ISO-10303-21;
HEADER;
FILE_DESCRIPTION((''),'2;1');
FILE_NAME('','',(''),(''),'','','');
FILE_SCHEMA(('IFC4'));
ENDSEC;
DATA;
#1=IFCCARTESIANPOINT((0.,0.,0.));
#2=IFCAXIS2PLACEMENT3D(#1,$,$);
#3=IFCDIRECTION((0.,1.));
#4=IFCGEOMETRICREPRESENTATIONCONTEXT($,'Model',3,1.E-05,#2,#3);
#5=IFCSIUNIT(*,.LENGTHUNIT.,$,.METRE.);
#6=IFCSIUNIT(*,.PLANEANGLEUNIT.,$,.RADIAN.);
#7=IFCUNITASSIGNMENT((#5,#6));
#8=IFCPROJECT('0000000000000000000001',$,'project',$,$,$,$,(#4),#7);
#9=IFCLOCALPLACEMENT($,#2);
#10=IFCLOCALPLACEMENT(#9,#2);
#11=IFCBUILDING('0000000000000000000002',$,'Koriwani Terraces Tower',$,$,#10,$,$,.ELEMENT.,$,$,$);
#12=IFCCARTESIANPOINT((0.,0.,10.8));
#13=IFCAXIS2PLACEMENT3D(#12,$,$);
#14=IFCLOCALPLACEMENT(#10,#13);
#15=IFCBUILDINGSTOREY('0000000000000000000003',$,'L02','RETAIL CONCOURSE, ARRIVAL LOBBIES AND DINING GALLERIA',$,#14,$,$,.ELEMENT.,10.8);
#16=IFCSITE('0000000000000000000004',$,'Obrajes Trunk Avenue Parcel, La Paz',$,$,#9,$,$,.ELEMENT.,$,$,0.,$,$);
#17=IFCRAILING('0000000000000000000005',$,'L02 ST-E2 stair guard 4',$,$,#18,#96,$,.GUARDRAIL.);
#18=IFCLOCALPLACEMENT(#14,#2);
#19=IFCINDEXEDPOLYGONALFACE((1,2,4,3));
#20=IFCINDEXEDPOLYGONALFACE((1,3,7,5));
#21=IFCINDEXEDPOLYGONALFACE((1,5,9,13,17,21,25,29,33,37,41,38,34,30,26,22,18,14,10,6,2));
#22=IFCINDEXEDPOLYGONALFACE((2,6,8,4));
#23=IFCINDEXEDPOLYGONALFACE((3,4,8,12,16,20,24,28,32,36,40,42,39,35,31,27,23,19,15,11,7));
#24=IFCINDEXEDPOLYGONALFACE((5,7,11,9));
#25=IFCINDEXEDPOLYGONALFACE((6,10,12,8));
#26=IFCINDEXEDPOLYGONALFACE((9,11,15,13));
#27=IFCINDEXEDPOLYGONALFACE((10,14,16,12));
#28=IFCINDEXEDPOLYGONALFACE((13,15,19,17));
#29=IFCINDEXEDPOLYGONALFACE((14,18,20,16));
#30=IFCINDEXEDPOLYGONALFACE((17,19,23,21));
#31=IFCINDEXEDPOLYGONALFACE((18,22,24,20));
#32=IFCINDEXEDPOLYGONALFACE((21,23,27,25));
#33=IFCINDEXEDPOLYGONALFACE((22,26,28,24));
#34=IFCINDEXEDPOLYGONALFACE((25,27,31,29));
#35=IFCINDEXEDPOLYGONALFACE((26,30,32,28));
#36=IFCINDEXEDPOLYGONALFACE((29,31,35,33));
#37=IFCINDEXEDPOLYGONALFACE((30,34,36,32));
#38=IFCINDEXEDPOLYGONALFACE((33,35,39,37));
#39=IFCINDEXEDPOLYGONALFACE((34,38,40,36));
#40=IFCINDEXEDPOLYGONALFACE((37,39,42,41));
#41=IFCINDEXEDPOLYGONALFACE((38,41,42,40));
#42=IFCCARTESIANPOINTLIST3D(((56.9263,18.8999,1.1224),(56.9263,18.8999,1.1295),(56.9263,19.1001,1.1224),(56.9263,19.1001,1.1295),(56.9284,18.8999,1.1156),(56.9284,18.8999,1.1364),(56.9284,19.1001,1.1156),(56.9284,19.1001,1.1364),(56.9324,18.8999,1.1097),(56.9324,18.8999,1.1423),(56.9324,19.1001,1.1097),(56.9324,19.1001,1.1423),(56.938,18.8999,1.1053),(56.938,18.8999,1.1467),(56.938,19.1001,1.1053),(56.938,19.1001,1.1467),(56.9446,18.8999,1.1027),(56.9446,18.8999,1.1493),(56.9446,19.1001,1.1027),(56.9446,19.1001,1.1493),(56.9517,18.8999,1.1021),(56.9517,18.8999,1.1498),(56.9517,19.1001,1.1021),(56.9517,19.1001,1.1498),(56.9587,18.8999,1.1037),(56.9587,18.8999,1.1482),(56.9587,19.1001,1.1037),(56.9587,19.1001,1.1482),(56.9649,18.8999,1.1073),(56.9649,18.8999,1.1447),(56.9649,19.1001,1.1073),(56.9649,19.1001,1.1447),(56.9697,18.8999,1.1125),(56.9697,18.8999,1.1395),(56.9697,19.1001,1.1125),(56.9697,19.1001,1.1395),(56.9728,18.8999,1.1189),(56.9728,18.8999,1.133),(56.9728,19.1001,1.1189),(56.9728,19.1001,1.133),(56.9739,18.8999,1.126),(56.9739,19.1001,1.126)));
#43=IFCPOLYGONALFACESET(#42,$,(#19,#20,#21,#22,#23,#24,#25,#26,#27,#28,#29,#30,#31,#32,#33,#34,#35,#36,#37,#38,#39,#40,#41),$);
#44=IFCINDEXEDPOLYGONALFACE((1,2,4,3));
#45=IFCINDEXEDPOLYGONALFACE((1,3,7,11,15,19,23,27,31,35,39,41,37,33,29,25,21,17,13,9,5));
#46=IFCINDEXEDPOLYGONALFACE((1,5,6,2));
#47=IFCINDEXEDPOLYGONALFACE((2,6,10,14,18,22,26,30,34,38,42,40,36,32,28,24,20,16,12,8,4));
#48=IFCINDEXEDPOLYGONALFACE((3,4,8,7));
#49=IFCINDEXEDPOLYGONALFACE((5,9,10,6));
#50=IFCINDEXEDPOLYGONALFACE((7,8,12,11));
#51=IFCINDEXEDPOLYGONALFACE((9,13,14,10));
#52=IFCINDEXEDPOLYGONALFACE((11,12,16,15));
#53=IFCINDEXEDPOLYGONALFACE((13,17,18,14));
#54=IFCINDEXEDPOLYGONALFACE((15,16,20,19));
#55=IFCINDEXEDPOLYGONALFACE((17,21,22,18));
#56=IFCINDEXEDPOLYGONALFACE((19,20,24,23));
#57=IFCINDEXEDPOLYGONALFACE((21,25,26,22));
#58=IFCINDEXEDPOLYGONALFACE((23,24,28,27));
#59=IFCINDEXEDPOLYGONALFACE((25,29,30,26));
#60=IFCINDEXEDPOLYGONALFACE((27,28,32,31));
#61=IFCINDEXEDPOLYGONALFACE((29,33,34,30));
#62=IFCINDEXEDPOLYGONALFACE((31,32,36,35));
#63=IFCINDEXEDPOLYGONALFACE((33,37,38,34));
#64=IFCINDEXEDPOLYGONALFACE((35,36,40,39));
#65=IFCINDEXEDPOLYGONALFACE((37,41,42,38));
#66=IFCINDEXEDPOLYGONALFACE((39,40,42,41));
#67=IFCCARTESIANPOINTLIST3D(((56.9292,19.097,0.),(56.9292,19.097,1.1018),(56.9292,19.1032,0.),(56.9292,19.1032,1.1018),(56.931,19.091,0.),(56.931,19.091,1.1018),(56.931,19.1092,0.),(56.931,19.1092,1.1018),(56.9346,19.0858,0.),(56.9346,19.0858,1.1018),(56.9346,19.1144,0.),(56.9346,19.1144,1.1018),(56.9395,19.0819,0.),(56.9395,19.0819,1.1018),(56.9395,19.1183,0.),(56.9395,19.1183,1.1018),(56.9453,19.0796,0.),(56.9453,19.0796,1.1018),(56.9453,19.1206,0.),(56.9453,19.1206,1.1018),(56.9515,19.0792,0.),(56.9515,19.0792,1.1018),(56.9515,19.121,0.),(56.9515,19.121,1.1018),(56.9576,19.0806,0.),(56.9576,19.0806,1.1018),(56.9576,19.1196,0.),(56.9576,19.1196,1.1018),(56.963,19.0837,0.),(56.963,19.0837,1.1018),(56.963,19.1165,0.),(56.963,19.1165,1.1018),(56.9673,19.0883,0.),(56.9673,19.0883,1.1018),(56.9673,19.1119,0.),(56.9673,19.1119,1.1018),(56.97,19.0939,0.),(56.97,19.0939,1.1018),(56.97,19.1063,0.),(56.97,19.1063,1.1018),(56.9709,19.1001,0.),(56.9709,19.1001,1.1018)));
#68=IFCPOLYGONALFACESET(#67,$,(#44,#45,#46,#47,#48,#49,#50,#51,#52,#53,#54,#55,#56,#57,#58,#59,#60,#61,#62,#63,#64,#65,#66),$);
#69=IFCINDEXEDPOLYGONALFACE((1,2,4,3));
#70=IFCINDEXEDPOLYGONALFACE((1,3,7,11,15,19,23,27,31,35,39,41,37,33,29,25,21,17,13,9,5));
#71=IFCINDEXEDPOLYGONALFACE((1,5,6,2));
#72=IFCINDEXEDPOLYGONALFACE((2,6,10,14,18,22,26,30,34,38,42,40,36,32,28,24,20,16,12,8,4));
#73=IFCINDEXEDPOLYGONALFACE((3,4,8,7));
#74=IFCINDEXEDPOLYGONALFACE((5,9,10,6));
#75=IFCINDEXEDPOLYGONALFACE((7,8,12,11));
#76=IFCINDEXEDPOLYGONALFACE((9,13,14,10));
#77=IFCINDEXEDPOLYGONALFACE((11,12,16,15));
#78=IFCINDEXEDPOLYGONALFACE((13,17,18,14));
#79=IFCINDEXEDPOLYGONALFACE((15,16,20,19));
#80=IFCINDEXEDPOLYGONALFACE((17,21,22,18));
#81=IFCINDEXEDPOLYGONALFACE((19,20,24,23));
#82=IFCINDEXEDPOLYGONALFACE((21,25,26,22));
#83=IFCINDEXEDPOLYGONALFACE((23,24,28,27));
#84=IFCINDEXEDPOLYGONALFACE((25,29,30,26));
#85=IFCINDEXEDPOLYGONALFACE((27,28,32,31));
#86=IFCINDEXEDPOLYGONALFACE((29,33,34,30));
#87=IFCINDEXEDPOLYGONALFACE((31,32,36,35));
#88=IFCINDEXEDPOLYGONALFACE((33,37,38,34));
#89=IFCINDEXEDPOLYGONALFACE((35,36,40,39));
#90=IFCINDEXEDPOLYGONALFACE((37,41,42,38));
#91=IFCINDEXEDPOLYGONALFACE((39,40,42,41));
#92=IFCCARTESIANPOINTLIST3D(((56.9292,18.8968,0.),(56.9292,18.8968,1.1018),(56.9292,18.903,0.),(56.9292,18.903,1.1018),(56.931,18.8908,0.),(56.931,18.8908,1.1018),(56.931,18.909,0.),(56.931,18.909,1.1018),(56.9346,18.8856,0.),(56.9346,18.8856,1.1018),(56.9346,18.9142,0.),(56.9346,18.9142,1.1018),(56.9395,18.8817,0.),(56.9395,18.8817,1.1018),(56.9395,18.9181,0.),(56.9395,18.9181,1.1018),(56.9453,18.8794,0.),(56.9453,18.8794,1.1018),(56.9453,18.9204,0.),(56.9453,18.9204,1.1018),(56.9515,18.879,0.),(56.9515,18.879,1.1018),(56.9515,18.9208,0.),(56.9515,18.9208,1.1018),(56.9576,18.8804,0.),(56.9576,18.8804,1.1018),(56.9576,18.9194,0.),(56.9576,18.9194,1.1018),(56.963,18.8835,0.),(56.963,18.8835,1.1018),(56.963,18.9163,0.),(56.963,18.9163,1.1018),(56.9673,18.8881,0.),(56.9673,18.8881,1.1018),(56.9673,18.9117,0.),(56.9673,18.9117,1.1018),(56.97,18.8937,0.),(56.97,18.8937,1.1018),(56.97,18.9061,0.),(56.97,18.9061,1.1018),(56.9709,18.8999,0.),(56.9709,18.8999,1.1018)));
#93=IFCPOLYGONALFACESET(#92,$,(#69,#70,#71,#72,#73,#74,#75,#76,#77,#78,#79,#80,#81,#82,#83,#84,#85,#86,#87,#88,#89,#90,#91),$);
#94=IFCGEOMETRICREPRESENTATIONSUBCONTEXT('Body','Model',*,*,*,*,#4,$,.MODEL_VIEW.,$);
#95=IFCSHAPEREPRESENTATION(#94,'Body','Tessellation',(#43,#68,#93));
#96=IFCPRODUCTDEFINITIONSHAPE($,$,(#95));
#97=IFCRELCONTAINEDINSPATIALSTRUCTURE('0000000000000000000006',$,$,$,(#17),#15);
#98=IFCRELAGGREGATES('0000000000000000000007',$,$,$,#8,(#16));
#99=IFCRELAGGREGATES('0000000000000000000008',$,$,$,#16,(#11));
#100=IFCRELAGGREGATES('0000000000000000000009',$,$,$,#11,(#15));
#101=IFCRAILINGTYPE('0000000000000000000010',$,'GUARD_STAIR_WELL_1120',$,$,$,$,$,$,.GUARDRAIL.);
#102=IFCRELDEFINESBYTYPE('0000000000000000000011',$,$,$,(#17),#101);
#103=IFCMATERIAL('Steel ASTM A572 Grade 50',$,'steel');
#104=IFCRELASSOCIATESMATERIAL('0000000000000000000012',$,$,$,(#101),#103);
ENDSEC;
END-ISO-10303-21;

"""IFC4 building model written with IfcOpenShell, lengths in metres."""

from ifc_helpers import new_model, si_unit, direction, frame, origin, origin_2d, place, context, subcontext, project, spatial, circle, extrude, material, type_object, element, save


model = new_model("IFC4")

# Units and contexts
model_context = context("Model", 3, precision=1e-05, world=origin(), true_north=direction((0.0, 1.0)))
body_context = subcontext(model_context, "Body", "Model", "MODEL_VIEW")
ifc_project = project(units=[si_unit("LENGTHUNIT", "METRE"), si_unit("PLANEANGLEUNIT", "RADIAN")], contexts=[model_context])

# Site, building, storey
site_placement = place(None, origin())
site = spatial("IfcSite", under=ifc_project, at=site_placement, Name="Obrajes Trunk Avenue Parcel, La Paz", CompositionType="ELEMENT", RefElevation=0.0)
building_placement = place(site_placement, origin())
building = spatial("IfcBuilding", under=site, at=building_placement, Name="Koriwani Terraces Tower", CompositionType="ELEMENT")
storey_placement = place(building_placement, frame((0.0, 0.0, 10.8)))
storey = spatial("IfcBuildingStorey", under=building, at=storey_placement, Name="L02", Description="RETAIL CONCOURSE, ARRIVAL LOBBIES AND DINING GALLERIA", CompositionType="ELEMENT", Elevation=10.8)

# Shared definitions
ifc_material_1 = material(Name="Steel ASTM A572 Grade 50", Category="steel")

# Railing
railing_type_1 = type_object("IfcRailingType", Name="GUARD_STAIR_WELL_1120", PredefinedType="GUARDRAIL", material=ifc_material_1)
railing_1_placement = place(storey_placement, frame((56.95, 19.1001, 0.0)))
element("IfcRailing", 1, at=railing_1_placement, inside=storey, type_object=railing_type_1, Name="L02 ST-E2 stair guard 4", PredefinedType="GUARDRAIL", context=body_context, shape_type="SweptSolid", body=[
    extrude(circle(Radius=0.0239, at=origin_2d()), frame((0.0, 0.0, 1.126), z_axis=(0.0, -1.0, 0.0), x_axis=(1.0, 0.0, 0.0)), (0.0, 0.0, 1.0), 0.2002),
    extrude(circle(Radius=0.021, at=origin_2d()), origin(), (0.0, 0.0, 1.0), 1.1018),
    extrude(circle(Radius=0.021, at=origin_2d()), frame((0.0, -0.2002, 0.0)), (0.0, 0.0, 1.0), 1.1018),
])

save(model, "model.ifc")
